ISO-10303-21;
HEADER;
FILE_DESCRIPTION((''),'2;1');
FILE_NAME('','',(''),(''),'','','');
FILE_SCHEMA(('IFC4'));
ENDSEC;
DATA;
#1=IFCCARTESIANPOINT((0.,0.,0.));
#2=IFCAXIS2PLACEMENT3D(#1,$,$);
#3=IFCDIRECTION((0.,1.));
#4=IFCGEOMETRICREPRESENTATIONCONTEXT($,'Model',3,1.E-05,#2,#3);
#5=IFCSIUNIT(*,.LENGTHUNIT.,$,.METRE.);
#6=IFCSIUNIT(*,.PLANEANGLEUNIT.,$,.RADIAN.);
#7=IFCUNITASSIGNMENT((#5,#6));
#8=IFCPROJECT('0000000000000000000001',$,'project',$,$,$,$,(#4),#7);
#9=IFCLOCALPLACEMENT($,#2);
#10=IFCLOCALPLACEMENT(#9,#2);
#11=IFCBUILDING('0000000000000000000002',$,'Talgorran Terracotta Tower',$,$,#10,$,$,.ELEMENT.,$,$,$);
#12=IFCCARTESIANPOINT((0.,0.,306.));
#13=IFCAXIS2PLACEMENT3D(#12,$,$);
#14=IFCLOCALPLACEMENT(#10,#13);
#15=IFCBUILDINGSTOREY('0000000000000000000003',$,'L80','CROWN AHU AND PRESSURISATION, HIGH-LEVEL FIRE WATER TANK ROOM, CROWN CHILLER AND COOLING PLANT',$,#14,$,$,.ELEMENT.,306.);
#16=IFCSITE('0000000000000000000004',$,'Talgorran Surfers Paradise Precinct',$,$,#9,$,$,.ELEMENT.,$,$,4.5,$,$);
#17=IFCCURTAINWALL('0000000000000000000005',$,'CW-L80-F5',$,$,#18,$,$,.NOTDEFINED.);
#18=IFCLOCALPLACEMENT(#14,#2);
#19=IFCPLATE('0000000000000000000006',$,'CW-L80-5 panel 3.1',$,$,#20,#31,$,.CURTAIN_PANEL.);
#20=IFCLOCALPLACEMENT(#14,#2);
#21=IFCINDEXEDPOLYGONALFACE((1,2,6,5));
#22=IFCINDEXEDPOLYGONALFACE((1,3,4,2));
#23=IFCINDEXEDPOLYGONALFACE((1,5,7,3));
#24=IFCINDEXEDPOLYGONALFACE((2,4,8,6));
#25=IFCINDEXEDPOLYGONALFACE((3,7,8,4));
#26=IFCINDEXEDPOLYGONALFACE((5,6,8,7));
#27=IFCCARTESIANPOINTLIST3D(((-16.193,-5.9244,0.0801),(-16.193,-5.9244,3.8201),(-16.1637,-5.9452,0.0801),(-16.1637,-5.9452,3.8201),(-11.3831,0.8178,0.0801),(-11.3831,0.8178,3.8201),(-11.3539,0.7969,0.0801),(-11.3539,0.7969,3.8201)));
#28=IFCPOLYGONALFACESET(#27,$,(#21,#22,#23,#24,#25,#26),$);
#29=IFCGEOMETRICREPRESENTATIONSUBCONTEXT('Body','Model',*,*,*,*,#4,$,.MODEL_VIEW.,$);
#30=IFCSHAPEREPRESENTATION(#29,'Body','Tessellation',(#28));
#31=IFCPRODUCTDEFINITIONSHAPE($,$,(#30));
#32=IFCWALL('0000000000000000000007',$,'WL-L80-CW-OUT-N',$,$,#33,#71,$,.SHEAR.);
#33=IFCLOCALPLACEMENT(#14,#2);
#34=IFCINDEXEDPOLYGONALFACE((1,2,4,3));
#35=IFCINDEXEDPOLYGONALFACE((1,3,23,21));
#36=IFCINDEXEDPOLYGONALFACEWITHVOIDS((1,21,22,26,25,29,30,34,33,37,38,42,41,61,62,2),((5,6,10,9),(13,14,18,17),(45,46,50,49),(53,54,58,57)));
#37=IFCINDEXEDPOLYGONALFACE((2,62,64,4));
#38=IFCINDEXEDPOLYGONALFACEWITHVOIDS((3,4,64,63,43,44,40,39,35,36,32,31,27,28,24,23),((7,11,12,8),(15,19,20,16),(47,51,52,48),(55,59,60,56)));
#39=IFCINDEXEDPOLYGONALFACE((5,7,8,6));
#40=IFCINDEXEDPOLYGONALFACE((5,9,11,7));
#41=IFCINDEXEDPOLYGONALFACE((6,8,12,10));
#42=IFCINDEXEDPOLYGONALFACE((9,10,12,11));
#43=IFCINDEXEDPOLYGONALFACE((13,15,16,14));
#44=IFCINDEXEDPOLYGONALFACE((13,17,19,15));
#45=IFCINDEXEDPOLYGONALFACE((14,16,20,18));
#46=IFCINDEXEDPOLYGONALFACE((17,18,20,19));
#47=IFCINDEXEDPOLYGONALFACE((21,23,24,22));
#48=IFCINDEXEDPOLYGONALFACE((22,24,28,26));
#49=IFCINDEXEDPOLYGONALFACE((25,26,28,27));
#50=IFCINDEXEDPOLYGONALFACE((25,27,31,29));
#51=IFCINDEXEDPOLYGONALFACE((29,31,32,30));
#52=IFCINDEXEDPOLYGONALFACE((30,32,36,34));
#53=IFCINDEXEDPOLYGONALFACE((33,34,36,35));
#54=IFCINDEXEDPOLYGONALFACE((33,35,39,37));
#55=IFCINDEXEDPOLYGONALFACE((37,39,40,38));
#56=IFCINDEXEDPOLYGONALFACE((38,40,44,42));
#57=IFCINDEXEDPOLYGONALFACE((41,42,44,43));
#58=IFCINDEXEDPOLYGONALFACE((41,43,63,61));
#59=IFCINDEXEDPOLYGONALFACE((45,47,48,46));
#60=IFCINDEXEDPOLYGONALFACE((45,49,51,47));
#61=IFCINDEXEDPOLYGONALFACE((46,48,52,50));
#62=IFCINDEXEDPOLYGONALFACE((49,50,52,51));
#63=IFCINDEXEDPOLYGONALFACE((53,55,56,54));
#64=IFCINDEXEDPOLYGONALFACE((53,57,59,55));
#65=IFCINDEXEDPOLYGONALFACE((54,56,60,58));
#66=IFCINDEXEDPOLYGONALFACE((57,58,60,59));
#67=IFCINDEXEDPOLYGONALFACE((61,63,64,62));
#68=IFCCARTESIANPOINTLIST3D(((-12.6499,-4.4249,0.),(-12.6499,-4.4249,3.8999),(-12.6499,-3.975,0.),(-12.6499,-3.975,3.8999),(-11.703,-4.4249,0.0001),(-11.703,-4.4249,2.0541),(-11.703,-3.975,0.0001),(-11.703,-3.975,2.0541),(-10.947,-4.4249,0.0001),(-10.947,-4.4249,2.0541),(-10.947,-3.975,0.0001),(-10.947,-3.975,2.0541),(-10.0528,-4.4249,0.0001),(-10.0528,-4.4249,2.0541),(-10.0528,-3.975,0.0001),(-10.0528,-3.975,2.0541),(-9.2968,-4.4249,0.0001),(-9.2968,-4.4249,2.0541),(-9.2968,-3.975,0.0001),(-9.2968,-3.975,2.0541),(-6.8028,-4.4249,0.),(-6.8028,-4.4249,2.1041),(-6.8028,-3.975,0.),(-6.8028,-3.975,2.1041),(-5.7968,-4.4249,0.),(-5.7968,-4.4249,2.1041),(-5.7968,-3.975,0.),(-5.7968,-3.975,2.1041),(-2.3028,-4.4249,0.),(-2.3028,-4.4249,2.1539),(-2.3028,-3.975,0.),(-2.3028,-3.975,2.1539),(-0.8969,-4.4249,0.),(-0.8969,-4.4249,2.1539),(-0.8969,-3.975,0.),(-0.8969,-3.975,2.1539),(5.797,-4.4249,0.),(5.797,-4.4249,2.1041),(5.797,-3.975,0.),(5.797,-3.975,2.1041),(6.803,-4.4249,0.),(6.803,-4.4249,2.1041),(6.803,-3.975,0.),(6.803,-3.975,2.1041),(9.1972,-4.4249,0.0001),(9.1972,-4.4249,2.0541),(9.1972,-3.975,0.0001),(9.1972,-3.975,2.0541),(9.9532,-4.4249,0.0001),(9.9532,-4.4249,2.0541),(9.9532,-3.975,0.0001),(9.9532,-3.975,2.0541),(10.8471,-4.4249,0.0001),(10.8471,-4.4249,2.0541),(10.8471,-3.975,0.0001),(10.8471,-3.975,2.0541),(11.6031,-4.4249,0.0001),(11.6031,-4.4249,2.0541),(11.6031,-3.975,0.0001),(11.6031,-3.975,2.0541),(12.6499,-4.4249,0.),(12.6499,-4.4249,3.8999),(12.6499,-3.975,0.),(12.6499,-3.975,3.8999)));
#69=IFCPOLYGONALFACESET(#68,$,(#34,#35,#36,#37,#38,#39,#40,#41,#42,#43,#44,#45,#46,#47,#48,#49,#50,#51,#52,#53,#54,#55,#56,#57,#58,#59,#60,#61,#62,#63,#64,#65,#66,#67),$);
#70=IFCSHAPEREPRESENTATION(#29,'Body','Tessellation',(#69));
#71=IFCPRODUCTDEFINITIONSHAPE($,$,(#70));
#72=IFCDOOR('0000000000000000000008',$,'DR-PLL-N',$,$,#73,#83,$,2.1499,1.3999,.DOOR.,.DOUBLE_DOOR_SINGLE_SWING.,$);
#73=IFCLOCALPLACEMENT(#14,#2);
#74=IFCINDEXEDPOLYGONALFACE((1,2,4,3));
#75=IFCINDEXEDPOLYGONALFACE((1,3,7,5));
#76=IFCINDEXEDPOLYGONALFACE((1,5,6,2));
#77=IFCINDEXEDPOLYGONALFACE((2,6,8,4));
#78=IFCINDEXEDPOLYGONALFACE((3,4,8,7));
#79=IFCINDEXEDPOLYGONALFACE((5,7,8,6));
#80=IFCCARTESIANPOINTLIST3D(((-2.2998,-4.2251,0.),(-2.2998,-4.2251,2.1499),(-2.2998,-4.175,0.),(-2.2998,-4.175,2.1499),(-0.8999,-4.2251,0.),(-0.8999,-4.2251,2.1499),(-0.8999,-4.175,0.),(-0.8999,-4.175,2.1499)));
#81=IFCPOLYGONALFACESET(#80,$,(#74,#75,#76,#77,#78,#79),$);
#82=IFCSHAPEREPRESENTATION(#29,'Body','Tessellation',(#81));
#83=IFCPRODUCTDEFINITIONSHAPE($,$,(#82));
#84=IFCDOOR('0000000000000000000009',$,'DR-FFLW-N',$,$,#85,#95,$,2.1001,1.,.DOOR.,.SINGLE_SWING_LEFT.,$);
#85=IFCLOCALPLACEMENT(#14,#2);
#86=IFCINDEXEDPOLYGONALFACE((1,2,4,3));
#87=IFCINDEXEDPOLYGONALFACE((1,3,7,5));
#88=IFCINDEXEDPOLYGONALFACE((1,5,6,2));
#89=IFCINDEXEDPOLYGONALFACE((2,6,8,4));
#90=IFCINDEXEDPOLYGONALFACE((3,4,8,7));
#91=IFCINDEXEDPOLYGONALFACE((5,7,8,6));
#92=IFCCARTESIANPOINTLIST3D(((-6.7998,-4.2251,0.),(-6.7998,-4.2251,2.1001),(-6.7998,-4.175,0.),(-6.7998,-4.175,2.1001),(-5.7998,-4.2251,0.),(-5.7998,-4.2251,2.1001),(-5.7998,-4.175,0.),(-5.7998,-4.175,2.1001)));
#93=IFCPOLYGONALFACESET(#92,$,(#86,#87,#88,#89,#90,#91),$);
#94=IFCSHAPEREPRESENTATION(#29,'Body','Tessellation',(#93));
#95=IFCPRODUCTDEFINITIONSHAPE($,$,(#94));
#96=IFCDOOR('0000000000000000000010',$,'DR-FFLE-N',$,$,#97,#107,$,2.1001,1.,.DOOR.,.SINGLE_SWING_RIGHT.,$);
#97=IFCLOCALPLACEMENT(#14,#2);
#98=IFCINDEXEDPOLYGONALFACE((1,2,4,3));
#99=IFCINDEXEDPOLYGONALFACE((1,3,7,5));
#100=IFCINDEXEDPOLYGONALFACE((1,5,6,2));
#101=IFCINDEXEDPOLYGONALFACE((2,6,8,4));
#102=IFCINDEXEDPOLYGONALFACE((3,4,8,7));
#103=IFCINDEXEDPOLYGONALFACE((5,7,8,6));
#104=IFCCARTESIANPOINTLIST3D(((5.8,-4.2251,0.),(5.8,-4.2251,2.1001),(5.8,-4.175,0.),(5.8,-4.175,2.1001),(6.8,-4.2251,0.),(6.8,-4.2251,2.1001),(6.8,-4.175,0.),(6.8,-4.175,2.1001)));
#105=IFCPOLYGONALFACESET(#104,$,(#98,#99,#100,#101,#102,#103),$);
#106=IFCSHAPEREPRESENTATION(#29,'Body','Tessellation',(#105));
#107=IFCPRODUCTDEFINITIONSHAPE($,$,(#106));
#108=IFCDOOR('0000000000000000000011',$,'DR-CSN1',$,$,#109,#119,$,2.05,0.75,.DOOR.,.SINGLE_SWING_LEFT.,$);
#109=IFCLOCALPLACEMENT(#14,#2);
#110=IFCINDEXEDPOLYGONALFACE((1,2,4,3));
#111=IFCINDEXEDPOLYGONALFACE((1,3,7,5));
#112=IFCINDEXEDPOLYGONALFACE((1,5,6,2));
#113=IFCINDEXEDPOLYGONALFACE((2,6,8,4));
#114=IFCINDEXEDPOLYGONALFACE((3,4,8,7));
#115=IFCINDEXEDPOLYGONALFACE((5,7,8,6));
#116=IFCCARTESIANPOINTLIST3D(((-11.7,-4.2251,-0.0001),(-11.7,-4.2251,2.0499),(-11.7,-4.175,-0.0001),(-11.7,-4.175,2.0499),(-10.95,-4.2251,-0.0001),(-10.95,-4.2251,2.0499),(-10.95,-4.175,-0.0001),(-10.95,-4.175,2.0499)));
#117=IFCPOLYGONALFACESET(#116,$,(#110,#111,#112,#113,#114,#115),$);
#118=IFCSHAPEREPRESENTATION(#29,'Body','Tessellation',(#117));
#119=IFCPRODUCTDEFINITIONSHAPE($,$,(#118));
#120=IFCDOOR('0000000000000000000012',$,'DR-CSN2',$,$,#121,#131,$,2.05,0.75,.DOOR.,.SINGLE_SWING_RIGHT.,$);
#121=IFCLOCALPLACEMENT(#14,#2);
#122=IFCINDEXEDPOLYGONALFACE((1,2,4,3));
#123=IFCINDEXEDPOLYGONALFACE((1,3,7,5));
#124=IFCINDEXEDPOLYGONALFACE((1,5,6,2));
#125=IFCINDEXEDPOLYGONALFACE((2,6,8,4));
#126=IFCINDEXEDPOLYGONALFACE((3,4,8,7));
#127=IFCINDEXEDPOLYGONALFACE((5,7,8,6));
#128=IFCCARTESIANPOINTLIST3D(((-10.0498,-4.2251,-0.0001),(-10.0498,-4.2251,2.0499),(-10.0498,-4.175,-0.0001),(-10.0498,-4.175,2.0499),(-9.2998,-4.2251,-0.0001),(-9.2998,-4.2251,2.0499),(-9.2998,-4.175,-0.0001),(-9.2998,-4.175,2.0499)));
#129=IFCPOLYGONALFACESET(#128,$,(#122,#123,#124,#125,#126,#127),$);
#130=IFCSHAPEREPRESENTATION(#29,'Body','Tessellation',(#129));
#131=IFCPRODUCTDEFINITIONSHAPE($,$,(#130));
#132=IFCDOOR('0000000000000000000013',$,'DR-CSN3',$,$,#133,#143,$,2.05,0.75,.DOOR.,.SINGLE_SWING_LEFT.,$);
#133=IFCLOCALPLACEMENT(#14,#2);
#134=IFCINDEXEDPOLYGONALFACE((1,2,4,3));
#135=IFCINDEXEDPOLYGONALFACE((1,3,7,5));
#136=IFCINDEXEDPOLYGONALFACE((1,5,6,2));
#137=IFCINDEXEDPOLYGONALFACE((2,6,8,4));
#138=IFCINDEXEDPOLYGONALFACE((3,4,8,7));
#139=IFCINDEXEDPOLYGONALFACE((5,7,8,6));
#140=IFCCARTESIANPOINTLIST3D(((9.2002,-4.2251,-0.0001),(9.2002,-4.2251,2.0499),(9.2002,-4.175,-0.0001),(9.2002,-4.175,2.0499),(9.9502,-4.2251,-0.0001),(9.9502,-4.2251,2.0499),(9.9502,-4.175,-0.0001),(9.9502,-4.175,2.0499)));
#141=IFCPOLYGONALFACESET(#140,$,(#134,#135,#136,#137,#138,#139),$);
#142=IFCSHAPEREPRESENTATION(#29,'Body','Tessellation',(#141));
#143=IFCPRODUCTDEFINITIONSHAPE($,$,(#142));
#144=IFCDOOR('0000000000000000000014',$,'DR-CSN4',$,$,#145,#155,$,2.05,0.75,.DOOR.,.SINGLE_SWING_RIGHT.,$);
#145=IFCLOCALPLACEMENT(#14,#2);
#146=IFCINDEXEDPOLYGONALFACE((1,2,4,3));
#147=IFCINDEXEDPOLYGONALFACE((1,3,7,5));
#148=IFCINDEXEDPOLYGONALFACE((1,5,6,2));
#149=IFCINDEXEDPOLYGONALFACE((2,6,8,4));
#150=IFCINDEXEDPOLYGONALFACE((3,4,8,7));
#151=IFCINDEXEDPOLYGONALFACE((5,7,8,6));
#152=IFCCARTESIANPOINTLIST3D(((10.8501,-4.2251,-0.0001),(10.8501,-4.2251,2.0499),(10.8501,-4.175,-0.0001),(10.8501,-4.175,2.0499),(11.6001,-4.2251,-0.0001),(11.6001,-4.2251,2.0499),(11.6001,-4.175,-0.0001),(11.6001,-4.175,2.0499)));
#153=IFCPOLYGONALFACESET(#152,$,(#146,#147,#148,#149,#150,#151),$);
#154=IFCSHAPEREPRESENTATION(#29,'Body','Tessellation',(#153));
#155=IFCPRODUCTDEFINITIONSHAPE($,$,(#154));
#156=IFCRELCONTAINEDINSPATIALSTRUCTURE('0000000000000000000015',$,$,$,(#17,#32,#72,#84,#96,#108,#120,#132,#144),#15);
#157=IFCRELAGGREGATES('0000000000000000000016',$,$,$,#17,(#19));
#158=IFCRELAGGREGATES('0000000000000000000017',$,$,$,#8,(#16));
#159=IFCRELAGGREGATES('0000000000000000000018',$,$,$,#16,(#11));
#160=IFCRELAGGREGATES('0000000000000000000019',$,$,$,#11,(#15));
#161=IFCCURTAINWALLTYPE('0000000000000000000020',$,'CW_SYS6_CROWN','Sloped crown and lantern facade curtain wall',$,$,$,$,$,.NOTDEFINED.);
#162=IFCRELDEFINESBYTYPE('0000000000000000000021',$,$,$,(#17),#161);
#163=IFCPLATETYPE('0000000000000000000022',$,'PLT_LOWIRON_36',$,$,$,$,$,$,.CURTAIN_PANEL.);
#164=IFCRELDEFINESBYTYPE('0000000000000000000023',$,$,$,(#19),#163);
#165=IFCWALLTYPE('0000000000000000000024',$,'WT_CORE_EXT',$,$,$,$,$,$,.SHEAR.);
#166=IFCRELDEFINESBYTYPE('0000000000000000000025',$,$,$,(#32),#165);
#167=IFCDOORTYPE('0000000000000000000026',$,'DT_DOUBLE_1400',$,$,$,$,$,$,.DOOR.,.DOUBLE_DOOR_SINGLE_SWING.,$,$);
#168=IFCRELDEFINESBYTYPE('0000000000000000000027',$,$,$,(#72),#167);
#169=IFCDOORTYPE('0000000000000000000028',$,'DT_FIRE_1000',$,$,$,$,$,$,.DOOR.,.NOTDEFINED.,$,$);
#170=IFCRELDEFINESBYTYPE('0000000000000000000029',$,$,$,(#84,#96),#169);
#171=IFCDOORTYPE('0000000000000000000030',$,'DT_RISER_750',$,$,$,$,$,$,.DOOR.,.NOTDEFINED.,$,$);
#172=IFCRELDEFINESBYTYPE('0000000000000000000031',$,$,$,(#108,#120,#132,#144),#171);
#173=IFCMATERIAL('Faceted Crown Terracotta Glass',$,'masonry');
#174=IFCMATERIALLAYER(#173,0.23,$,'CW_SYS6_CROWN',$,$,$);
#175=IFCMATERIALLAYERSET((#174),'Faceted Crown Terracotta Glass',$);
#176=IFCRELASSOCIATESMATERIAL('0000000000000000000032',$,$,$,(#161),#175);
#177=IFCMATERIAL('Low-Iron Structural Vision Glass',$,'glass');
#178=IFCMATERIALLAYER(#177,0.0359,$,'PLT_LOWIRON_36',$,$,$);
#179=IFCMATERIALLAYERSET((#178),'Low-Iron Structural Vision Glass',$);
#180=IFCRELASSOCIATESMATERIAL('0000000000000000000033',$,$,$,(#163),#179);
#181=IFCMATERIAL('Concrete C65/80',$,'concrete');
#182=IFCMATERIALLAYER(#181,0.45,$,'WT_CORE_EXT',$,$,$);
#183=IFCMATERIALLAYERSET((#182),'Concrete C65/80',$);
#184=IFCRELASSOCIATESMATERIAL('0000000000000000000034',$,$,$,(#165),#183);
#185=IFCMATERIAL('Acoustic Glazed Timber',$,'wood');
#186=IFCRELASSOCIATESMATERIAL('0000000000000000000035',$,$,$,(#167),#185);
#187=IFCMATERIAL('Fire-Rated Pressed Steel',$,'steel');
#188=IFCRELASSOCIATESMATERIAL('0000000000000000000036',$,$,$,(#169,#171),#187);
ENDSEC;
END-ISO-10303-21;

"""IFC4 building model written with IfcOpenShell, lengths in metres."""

from ifc_helpers import new_model, si_unit, direction, frame, frame_2d, origin, origin_2d, place, context, subcontext, project, spatial, rectangle, extrude, source, transform, mapped, material, layer, layer_set, type_object, type_shapes, element, fill, aggregate, save


model = new_model("IFC4")

# Units and contexts
model_context = context("Model", 3, precision=1e-05, world=origin(), true_north=direction((0.0, 1.0)))
body_context = subcontext(model_context, "Body", "Model", "MODEL_VIEW")
ifc_project = project(units=[si_unit("LENGTHUNIT", "METRE"), si_unit("PLANEANGLEUNIT", "RADIAN")], contexts=[model_context])

# Site, building, storey
site_placement = place(None, origin())
site = spatial("IfcSite", under=ifc_project, at=site_placement, Name="Talgorran Surfers Paradise Precinct", CompositionType="ELEMENT", RefElevation=4.5)
building_placement = place(site_placement, origin())
building = spatial("IfcBuilding", under=site, at=building_placement, Name="Talgorran Terracotta Tower", CompositionType="ELEMENT")
storey_placement = place(building_placement, frame((0.0, 0.0, 306.0)))
storey = spatial("IfcBuildingStorey", under=building, at=storey_placement, Name="L80", Description="CROWN AHU AND PRESSURISATION, HIGH-LEVEL FIRE WATER TANK ROOM, CROWN CHILLER AND COOLING PLANT", CompositionType="ELEMENT", Elevation=306.0)

# Curtain wall
ifc_material_1 = material(Name="Faceted Crown Terracotta Glass", Category="masonry")
ifc_layer_1 = layer(ifc_material_1, 0.23, Name="CW_SYS6_CROWN")
ifc_layer_set_1 = layer_set([ifc_layer_1], Name="Faceted Crown Terracotta Glass")
curtain_wall_type = type_object("IfcCurtainWallType", Name="CW_SYS6_CROWN", Description="Sloped crown and lantern facade curtain wall", PredefinedType="NOTDEFINED", material=ifc_layer_set_1)
curtain_wall_placement = place(storey_placement, origin())
curtain_wall = element("IfcCurtainWall", 1, at=curtain_wall_placement, inside=storey, type_object=curtain_wall_type, Name="CW-L80-F5", PredefinedType="NOTDEFINED")

# Plate
ifc_material_2 = material(Name="Low-Iron Structural Vision Glass", Category="glass")
ifc_layer_2 = layer(ifc_material_2, 0.0359, Name="PLT_LOWIRON_36")
ifc_layer_set_2 = layer_set([ifc_layer_2], Name="Low-Iron Structural Vision Glass")
plate_type_1 = type_object("IfcPlateType", Name="PLT_LOWIRON_36", PredefinedType="CURTAIN_PANEL", material=ifc_layer_set_2)
shared_shape = source(origin(), body_context, "Body", "SweptSolid", [
    extrude(rectangle(XDim=8.282, YDim=0.0359, at=origin_2d()), origin(), (0.0, 0.0, 1.0), 3.74),
])
type_shapes(plate_type_1, [shared_shape])
plate_1_placement = place(storey_placement, frame((-13.7734, -2.5637, 0.0801), z_axis=(0.0, 0.0, 1.0), x_axis=(-0.580758, -0.814076, 0.0)))
plate_1 = element("IfcPlate", 2, at=plate_1_placement, type_object=plate_type_1, Name="CW-L80-5 panel 3.1", PredefinedType="CURTAIN_PANEL", context=body_context, shape_type="MappedRepresentation", body=[
    mapped(shared_shape, transform((0.0, 0.0, 0.0), scale=1.0)),
])
aggregate(curtain_wall, [plate_1])

# Wall, openings, doors
ifc_material_3 = material(Name="Concrete C65/80", Category="concrete")
ifc_layer_3 = layer(ifc_material_3, 0.45, Name="WT_CORE_EXT")
ifc_layer_set_3 = layer_set([ifc_layer_3], Name="Concrete C65/80")
wall_type_1 = type_object("IfcWallType", Name="WT_CORE_EXT", PredefinedType="SHEAR", material=ifc_layer_set_3)
wall_1_placement = place(storey_placement, frame((-12.6499, -4.2, 0.0), z_axis=(0.0, 0.0, 1.0), x_axis=(1.0, 0.0, 0.0)))
wall_1 = element("IfcWall", 3, at=wall_1_placement, inside=storey, type_object=wall_type_1, Name="WL-L80-CW-OUT-N", PredefinedType="SHEAR", context=body_context, shape_type="SweptSolid", body=[
    extrude(rectangle(XDim=25.2998, YDim=0.45, at=frame_2d((12.6499, 0.0))), origin(), (0.0, 0.0, 1.0), 3.8999),
])
opening_1_placement = place(wall_1_placement, frame((0.95, 0.0, 0.0)))
opening_1 = element("IfcOpeningElement", 4, at=opening_1_placement, cuts=wall_1, PredefinedType="OPENING", context=body_context, shape_type="SweptSolid", body=[
    extrude(rectangle(XDim=0.756, YDim=2.054, at=frame_2d((0.375, 1.0271))), frame((0.0, 0.2349, 0.0), z_axis=(0.0, -1.0, 0.0), x_axis=(1.0, 0.0, 0.0)), (0.0, 0.0, 1.0), 0.47),
])
opening_2_placement = place(wall_1_placement, frame((2.6001, 0.0, 0.0)))
opening_2 = element("IfcOpeningElement", 5, at=opening_2_placement, cuts=wall_1, PredefinedType="OPENING", context=body_context, shape_type="SweptSolid", body=[
    extrude(rectangle(XDim=0.756, YDim=2.054, at=frame_2d((0.375, 1.0271))), frame((0.0, 0.2349, 0.0), z_axis=(0.0, -1.0, 0.0), x_axis=(1.0, 0.0, 0.0)), (0.0, 0.0, 1.0), 0.47),
])
opening_3_placement = place(wall_1_placement, frame((21.8501, 0.0, 0.0)))
opening_3 = element("IfcOpeningElement", 6, at=opening_3_placement, cuts=wall_1, PredefinedType="OPENING", context=body_context, shape_type="SweptSolid", body=[
    extrude(rectangle(XDim=0.756, YDim=2.054, at=frame_2d((0.375, 1.0271))), frame((0.0, 0.2349, 0.0), z_axis=(0.0, -1.0, 0.0), x_axis=(1.0, 0.0, 0.0)), (0.0, 0.0, 1.0), 0.47),
])
opening_4_placement = place(wall_1_placement, frame((23.5, 0.0, 0.0)))
opening_4 = element("IfcOpeningElement", 7, at=opening_4_placement, cuts=wall_1, PredefinedType="OPENING", context=body_context, shape_type="SweptSolid", body=[
    extrude(rectangle(XDim=0.756, YDim=2.054, at=frame_2d((0.375, 1.0271))), frame((0.0, 0.2349, 0.0), z_axis=(0.0, -1.0, 0.0), x_axis=(1.0, 0.0, 0.0)), (0.0, 0.0, 1.0), 0.47),
])
opening_5_placement = place(wall_1_placement, frame((5.8501, 0.0, 0.0)))
opening_5 = element("IfcOpeningElement", 8, at=opening_5_placement, cuts=wall_1, PredefinedType="OPENING", context=body_context, shape_type="SweptSolid", body=[
    extrude(rectangle(XDim=1.006, YDim=2.1041, at=frame_2d((0.5, 1.052))), frame((0.0, 0.2349, 0.0), z_axis=(0.0, -1.0, 0.0), x_axis=(1.0, 0.0, 0.0)), (0.0, 0.0, 1.0), 0.47),
])
opening_6_placement = place(wall_1_placement, frame((10.3501, 0.0, 0.0)))
opening_6 = element("IfcOpeningElement", 9, at=opening_6_placement, cuts=wall_1, PredefinedType="OPENING", context=body_context, shape_type="SweptSolid", body=[
    extrude(rectangle(XDim=1.4059, YDim=2.1539, at=frame_2d((0.7, 1.0769))), frame((0.0, 0.2349, 0.0), z_axis=(0.0, -1.0, 0.0), x_axis=(1.0, 0.0, 0.0)), (0.0, 0.0, 1.0), 0.47),
])
opening_7_placement = place(wall_1_placement, frame((18.45, 0.0, 0.0)))
opening_7 = element("IfcOpeningElement", 10, at=opening_7_placement, cuts=wall_1, PredefinedType="OPENING", context=body_context, shape_type="SweptSolid", body=[
    extrude(rectangle(XDim=1.006, YDim=2.1041, at=frame_2d((0.5, 1.052))), frame((0.0, 0.2349, 0.0), z_axis=(0.0, -1.0, 0.0), x_axis=(1.0, 0.0, 0.0)), (0.0, 0.0, 1.0), 0.47),
])
ifc_material_4 = material(Name="Acoustic Glazed Timber", Category="wood")
door_type_1 = type_object("IfcDoorType", Name="DT_DOUBLE_1400", OperationType="DOUBLE_DOOR_SINGLE_SWING", PredefinedType="DOOR", material=ifc_material_4)
door_1_placement = place(opening_6_placement, origin())
door_1 = element("IfcDoor", 11, at=door_1_placement, inside=storey, type_object=door_type_1, Name="DR-PLL-N", OperationType="DOUBLE_DOOR_SINGLE_SWING", OverallHeight=2.1499, OverallWidth=1.3999, PredefinedType="DOOR", context=body_context, shape_type="SweptSolid", body=[
    extrude(rectangle(XDim=1.3999, YDim=2.1499, at=frame_2d((0.7, 1.075))), frame((0.0, 0.0249, 0.0), z_axis=(0.0, -1.0, 0.0), x_axis=(1.0, 0.0, 0.0)), (0.0, 0.0, 1.0), 0.05),
])
fill(opening_6, door_1)
ifc_material_5 = material(Name="Fire-Rated Pressed Steel", Category="steel")
door_type_2 = type_object("IfcDoorType", Name="DT_FIRE_1000", OperationType="NOTDEFINED", PredefinedType="DOOR", material=ifc_material_5)
door_2_placement = place(opening_5_placement, origin())
door_2 = element("IfcDoor", 12, at=door_2_placement, inside=storey, type_object=door_type_2, Name="DR-FFLW-N", OperationType="SINGLE_SWING_LEFT", OverallHeight=2.1001, OverallWidth=1.0, PredefinedType="DOOR", context=body_context, shape_type="SweptSolid", body=[
    extrude(rectangle(XDim=1.0, YDim=2.1001, at=frame_2d((0.5, 1.05))), frame((0.0, 0.0249, 0.0), z_axis=(0.0, -1.0, 0.0), x_axis=(1.0, 0.0, 0.0)), (0.0, 0.0, 1.0), 0.05),
])
fill(opening_5, door_2)
door_3_placement = place(opening_7_placement, origin())
door_3 = element("IfcDoor", 13, at=door_3_placement, inside=storey, type_object=door_type_2, Name="DR-FFLE-N", OperationType="SINGLE_SWING_RIGHT", OverallHeight=2.1001, OverallWidth=1.0, PredefinedType="DOOR", context=body_context, shape_type="SweptSolid", body=[
    extrude(rectangle(XDim=1.0, YDim=2.1001, at=frame_2d((0.5, 1.05))), frame((0.0, 0.0249, 0.0), z_axis=(0.0, -1.0, 0.0), x_axis=(1.0, 0.0, 0.0)), (0.0, 0.0, 1.0), 0.05),
])
fill(opening_7, door_3)
door_type_3 = type_object("IfcDoorType", Name="DT_RISER_750", OperationType="NOTDEFINED", PredefinedType="DOOR", material=ifc_material_5)
door_4_placement = place(opening_1_placement, origin())
door_4 = element("IfcDoor", 14, at=door_4_placement, inside=storey, type_object=door_type_3, Name="DR-CSN1", OperationType="SINGLE_SWING_LEFT", OverallHeight=2.05, OverallWidth=0.75, PredefinedType="DOOR", context=body_context, shape_type="SweptSolid", body=[
    extrude(rectangle(XDim=0.75, YDim=2.05, at=frame_2d((0.375, 1.0249))), frame((0.0, 0.0249, 0.0), z_axis=(0.0, -1.0, 0.0), x_axis=(1.0, 0.0, 0.0)), (0.0, 0.0, 1.0), 0.05),
])
fill(opening_1, door_4)
door_5_placement = place(opening_2_placement, origin())
door_5 = element("IfcDoor", 15, at=door_5_placement, inside=storey, type_object=door_type_3, Name="DR-CSN2", OperationType="SINGLE_SWING_RIGHT", OverallHeight=2.05, OverallWidth=0.75, PredefinedType="DOOR", context=body_context, shape_type="SweptSolid", body=[
    extrude(rectangle(XDim=0.75, YDim=2.05, at=frame_2d((0.375, 1.0249))), frame((0.0, 0.0249, 0.0), z_axis=(0.0, -1.0, 0.0), x_axis=(1.0, 0.0, 0.0)), (0.0, 0.0, 1.0), 0.05),
])
fill(opening_2, door_5)
door_6_placement = place(opening_3_placement, origin())
door_6 = element("IfcDoor", 16, at=door_6_placement, inside=storey, type_object=door_type_3, Name="DR-CSN3", OperationType="SINGLE_SWING_LEFT", OverallHeight=2.05, OverallWidth=0.75, PredefinedType="DOOR", context=body_context, shape_type="SweptSolid", body=[
    extrude(rectangle(XDim=0.75, YDim=2.05, at=frame_2d((0.375, 1.0249))), frame((0.0, 0.0249, 0.0), z_axis=(0.0, -1.0, 0.0), x_axis=(1.0, 0.0, 0.0)), (0.0, 0.0, 1.0), 0.05),
])
fill(opening_3, door_6)
door_7_placement = place(opening_4_placement, origin())
door_7 = element("IfcDoor", 17, at=door_7_placement, inside=storey, type_object=door_type_3, Name="DR-CSN4", OperationType="SINGLE_SWING_RIGHT", OverallHeight=2.05, OverallWidth=0.75, PredefinedType="DOOR", context=body_context, shape_type="SweptSolid", body=[
    extrude(rectangle(XDim=0.75, YDim=2.05, at=frame_2d((0.375, 1.0249))), frame((0.0, 0.0249, 0.0), z_axis=(0.0, -1.0, 0.0), x_axis=(1.0, 0.0, 0.0)), (0.0, 0.0, 1.0), 0.05),
])
fill(opening_4, door_7)

save(model, "model.ifc")
